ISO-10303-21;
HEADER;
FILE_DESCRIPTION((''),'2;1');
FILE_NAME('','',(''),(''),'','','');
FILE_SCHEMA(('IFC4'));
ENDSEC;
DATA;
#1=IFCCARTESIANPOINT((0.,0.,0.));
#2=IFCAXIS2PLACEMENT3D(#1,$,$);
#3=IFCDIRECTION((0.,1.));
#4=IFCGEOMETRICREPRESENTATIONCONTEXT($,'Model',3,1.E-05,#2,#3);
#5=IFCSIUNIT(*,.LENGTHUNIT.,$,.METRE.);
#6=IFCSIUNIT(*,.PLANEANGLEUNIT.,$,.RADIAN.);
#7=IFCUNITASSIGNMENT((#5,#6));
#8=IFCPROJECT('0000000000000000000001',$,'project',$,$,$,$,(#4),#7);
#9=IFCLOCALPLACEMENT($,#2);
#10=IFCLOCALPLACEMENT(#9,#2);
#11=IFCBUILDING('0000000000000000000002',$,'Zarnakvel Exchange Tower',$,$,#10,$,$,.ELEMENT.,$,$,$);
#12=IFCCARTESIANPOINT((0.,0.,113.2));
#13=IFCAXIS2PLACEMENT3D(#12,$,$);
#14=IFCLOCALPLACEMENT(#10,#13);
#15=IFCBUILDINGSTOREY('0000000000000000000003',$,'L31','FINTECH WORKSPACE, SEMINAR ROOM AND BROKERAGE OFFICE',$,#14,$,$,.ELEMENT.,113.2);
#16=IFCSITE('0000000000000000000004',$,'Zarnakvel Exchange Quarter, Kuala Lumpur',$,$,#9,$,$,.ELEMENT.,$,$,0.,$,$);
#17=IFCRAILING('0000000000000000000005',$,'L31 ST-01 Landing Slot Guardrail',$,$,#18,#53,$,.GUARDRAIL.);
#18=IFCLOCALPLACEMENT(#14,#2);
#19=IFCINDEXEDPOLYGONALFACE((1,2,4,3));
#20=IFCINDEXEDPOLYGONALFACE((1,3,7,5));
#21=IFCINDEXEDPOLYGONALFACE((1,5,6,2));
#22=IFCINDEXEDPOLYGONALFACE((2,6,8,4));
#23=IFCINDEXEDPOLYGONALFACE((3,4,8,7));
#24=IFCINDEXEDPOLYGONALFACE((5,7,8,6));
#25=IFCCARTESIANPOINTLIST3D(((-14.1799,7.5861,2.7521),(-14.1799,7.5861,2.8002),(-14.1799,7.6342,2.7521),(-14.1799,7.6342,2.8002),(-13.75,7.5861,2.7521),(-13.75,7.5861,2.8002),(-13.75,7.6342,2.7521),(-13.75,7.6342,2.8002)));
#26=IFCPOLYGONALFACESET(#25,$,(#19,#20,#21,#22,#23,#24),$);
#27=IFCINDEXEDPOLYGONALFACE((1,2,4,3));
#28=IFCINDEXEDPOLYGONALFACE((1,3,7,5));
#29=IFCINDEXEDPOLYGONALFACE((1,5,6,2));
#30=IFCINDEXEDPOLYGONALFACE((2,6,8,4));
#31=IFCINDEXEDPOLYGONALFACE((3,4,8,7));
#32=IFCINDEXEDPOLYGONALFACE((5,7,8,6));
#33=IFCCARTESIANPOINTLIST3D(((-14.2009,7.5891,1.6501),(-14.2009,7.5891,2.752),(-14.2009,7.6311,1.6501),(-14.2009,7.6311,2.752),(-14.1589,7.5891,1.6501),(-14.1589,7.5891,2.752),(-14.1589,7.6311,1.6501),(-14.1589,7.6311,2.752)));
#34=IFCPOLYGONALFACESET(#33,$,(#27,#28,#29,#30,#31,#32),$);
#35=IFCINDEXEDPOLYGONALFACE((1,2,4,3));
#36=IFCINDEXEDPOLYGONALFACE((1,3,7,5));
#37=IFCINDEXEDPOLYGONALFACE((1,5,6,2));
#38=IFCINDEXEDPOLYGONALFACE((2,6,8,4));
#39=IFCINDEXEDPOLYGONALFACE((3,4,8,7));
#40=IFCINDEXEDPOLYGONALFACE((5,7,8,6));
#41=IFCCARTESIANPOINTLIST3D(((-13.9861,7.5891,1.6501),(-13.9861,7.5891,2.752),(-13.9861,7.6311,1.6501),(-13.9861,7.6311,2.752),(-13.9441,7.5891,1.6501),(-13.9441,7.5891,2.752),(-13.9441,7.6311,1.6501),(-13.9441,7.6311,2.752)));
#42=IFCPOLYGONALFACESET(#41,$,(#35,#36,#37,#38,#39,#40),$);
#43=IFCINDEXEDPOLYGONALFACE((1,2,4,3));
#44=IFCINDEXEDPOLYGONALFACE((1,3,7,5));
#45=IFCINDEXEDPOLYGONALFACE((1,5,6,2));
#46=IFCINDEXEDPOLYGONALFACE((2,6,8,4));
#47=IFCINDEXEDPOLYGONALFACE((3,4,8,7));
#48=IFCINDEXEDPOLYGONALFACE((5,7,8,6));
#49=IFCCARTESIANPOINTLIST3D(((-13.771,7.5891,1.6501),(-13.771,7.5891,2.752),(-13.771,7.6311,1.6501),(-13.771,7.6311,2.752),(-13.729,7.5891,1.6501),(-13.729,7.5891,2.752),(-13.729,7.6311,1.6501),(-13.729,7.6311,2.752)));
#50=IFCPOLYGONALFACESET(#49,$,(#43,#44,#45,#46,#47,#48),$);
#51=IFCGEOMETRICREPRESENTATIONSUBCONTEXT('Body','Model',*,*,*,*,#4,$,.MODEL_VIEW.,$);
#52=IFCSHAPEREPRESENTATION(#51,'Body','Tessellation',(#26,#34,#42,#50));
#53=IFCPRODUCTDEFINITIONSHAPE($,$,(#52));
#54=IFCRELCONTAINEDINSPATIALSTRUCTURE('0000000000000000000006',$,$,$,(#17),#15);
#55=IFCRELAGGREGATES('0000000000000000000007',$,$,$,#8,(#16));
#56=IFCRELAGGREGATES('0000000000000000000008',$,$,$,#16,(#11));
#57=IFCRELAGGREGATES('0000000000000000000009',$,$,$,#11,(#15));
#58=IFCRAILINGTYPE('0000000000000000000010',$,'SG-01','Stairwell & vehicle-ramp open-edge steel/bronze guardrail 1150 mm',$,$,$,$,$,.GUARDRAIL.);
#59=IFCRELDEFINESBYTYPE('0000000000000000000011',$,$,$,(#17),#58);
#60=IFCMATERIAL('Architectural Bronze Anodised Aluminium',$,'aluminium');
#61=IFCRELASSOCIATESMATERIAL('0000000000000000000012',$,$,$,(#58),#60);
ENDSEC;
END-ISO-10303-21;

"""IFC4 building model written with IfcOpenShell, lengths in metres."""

from ifc_helpers import new_model, si_unit, direction, frame, origin, origin_2d, place, context, subcontext, project, spatial, rectangle, extrude, material, type_object, element, save


model = new_model("IFC4")

# Units and contexts
model_context = context("Model", 3, precision=1e-05, world=origin(), true_north=direction((0.0, 1.0)))
body_context = subcontext(model_context, "Body", "Model", "MODEL_VIEW")
ifc_project = project(units=[si_unit("LENGTHUNIT", "METRE"), si_unit("PLANEANGLEUNIT", "RADIAN")], contexts=[model_context])

# Site, building, storey
site_placement = place(None, origin())
site = spatial("IfcSite", under=ifc_project, at=site_placement, Name="Zarnakvel Exchange Quarter, Kuala Lumpur", CompositionType="ELEMENT", RefElevation=0.0)
building_placement = place(site_placement, origin())
building = spatial("IfcBuilding", under=site, at=building_placement, Name="Zarnakvel Exchange Tower", CompositionType="ELEMENT")
storey_placement = place(building_placement, frame((0.0, 0.0, 113.2)))
storey = spatial("IfcBuildingStorey", under=building, at=storey_placement, Name="L31", Description="FINTECH WORKSPACE, SEMINAR ROOM AND BROKERAGE OFFICE", CompositionType="ELEMENT", Elevation=113.2)

# Shared definitions
ifc_material_1 = material(Name="Architectural Bronze Anodised Aluminium", Category="aluminium")

# Railing
railing_type_1 = type_object("IfcRailingType", Name="SG-01", Description="Stairwell & vehicle-ramp open-edge steel/bronze guardrail 1150 mm", PredefinedType="GUARDRAIL", material=ifc_material_1)
railing_1_placement = place(storey_placement, frame((-14.1799, 7.6101, 1.6501)))
element("IfcRailing", 1, at=railing_1_placement, inside=storey, type_object=railing_type_1, Name="L31 ST-01 Landing Slot Guardrail", PredefinedType="GUARDRAIL", context=body_context, shape_type="SweptSolid", body=[
    extrude(rectangle(XDim=0.0481, YDim=0.0481, at=origin_2d()), frame((0.0, 0.0, 1.126), z_axis=(1.0, 0.0, 0.0), x_axis=(0.0, 1.0, 0.0)), (0.0, 0.0, 1.0), 0.4299),
    extrude(rectangle(XDim=0.042, YDim=0.042, at=origin_2d()), origin(), (0.0, 0.0, 1.0), 1.1018),
    extrude(rectangle(XDim=0.042, YDim=0.042, at=origin_2d()), frame((0.2148, 0.0, 0.0)), (0.0, 0.0, 1.0), 1.1018),
    extrude(rectangle(XDim=0.042, YDim=0.042, at=origin_2d()), frame((0.4299, 0.0, 0.0)), (0.0, 0.0, 1.0), 1.1018),
])

save(model, "model.ifc")
